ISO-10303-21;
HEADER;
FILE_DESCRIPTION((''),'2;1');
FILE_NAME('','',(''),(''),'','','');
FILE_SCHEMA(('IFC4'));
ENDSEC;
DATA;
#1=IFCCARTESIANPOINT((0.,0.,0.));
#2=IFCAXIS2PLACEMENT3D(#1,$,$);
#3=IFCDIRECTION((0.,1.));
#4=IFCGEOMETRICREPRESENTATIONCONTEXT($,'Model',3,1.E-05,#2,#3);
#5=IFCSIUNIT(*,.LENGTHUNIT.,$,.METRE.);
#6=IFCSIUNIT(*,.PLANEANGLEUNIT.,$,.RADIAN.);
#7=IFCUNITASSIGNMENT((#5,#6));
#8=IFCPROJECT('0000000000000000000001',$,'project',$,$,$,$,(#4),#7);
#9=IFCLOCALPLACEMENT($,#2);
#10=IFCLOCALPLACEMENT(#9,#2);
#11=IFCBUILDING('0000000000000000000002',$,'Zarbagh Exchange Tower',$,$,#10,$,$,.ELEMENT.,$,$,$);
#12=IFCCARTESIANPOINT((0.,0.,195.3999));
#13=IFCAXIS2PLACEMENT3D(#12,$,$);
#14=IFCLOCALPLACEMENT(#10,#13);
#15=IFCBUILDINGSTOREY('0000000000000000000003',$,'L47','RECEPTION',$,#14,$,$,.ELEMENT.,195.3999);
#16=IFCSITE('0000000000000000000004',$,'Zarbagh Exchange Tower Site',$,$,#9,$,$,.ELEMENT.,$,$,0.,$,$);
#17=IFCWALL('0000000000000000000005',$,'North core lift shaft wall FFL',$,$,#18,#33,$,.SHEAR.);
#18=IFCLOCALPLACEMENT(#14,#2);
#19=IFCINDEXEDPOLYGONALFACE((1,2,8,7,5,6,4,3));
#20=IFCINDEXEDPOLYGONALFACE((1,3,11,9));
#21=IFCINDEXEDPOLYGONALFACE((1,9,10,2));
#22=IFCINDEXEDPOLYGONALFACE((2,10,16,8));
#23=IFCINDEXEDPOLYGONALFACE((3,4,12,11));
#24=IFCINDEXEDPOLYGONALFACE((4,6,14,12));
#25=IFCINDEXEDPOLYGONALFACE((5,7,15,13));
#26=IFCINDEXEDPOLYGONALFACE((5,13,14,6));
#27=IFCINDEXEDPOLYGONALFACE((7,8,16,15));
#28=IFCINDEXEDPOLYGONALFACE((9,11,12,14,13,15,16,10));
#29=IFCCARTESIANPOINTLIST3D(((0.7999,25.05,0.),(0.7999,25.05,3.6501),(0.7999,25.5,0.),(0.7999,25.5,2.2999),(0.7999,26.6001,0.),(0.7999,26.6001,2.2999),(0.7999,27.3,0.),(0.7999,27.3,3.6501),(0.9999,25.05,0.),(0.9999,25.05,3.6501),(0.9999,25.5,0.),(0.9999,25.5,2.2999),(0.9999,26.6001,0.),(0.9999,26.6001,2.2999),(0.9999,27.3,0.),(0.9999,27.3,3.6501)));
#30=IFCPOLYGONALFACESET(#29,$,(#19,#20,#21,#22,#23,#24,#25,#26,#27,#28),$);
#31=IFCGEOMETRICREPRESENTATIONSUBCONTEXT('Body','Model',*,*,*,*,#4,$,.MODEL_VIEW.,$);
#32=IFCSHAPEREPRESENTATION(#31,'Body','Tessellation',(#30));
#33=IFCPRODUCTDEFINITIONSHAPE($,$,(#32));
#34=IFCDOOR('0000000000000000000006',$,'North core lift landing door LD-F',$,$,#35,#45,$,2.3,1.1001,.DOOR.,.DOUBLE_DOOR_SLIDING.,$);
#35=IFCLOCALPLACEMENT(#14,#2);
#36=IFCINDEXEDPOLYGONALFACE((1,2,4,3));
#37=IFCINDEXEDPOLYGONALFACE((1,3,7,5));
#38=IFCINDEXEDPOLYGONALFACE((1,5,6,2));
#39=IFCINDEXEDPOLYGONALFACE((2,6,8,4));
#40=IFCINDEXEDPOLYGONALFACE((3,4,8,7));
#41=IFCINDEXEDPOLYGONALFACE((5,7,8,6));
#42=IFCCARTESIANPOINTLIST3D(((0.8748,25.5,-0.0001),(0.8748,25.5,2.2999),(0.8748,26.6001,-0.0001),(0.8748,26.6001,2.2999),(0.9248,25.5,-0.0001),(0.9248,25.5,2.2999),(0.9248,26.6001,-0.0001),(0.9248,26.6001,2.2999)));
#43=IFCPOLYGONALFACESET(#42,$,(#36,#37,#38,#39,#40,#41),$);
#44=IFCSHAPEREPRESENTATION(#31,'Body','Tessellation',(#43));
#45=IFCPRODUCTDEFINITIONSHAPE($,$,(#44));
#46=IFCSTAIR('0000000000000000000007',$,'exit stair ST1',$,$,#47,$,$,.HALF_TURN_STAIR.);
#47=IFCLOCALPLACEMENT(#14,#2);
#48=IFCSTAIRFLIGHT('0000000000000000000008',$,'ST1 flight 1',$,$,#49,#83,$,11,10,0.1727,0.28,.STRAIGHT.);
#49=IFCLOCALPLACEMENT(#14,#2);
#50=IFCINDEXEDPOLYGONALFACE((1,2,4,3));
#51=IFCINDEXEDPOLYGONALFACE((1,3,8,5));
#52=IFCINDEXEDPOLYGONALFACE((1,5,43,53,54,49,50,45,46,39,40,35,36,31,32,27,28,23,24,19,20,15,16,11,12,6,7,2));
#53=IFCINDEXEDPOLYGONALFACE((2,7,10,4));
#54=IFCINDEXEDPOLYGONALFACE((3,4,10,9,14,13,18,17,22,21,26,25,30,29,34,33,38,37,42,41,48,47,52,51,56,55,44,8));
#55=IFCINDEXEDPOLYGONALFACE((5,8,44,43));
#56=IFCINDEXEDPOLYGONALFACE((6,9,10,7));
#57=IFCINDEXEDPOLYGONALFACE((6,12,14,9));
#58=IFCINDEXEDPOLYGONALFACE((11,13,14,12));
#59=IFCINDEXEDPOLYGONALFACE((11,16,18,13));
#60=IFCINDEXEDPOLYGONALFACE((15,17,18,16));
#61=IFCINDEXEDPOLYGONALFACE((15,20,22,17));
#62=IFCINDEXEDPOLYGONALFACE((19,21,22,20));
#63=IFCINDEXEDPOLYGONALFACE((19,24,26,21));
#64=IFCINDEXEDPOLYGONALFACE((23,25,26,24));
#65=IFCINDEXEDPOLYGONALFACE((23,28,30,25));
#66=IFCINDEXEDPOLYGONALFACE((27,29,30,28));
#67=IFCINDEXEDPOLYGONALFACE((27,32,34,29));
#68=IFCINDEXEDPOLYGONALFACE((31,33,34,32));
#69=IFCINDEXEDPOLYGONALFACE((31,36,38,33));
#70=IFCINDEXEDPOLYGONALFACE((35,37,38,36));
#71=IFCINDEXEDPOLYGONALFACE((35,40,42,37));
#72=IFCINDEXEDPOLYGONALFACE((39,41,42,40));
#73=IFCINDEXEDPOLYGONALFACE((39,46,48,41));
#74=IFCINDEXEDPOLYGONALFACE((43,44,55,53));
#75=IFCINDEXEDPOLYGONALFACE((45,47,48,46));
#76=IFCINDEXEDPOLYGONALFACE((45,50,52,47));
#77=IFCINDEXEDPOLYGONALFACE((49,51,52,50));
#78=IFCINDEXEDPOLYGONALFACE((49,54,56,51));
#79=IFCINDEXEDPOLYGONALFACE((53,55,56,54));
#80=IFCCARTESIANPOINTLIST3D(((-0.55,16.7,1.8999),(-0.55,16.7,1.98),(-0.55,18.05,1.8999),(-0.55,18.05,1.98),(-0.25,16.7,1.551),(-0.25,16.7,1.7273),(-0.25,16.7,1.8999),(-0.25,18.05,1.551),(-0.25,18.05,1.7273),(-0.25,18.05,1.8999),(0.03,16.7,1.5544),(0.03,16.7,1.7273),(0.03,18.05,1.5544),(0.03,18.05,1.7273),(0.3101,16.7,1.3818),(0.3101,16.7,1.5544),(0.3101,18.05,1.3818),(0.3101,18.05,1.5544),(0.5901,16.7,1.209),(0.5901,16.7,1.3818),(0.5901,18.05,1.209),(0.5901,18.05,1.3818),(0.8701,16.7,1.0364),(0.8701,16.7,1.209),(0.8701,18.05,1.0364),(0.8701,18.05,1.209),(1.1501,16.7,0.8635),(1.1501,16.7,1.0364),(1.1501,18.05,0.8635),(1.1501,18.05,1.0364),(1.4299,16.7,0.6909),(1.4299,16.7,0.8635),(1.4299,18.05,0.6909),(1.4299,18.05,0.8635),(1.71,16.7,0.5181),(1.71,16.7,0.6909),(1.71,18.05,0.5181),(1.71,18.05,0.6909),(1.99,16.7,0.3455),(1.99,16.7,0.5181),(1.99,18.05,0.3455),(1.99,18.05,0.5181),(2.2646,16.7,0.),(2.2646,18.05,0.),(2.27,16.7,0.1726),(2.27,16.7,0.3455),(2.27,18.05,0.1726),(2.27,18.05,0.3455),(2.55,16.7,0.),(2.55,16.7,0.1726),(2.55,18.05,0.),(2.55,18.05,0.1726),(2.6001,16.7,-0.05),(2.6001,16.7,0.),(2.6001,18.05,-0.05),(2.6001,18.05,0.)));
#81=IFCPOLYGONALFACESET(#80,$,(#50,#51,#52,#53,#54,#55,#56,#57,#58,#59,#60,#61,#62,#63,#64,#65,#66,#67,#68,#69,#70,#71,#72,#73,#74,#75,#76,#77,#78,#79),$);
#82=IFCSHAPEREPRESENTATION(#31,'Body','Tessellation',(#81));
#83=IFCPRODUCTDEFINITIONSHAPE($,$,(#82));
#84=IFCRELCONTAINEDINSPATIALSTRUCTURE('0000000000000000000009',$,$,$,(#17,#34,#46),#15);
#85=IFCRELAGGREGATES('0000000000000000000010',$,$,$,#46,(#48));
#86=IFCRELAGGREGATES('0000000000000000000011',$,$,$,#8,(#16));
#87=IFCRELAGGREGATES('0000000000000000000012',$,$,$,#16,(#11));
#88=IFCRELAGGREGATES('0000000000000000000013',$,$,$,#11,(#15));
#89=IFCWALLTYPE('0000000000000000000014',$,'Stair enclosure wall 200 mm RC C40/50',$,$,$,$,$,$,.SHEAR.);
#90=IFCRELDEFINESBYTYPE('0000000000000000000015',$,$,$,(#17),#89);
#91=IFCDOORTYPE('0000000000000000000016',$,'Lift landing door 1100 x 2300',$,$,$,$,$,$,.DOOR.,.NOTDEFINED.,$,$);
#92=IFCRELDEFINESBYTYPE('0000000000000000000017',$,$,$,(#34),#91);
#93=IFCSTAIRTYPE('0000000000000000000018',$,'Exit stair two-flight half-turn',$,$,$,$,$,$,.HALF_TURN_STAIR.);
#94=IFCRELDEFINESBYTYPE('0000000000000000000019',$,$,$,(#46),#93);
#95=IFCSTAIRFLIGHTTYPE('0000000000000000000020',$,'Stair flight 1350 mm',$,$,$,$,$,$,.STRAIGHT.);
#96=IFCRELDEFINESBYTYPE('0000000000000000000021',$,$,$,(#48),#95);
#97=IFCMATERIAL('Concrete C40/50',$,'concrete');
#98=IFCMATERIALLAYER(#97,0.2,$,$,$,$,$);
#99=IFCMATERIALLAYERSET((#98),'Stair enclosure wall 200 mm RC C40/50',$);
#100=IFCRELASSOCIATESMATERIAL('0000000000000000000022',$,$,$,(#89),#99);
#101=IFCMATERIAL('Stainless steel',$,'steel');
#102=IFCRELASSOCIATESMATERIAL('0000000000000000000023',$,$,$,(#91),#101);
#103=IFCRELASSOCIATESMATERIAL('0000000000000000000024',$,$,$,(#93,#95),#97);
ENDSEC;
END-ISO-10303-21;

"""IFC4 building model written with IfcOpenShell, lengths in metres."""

from ifc_helpers import new_model, si_unit, direction, frame, frame_2d, origin, place, context, subcontext, project, spatial, polyline, rectangle, outline, extrude, material, layer, layer_set, type_object, element, fill, aggregate, save


model = new_model("IFC4")

# Units and contexts
model_context = context("Model", 3, precision=1e-05, world=origin(), true_north=direction((0.0, 1.0)))
body_context = subcontext(model_context, "Body", "Model", "MODEL_VIEW")
ifc_project = project(units=[si_unit("LENGTHUNIT", "METRE"), si_unit("PLANEANGLEUNIT", "RADIAN")], contexts=[model_context])

# Site, building, storey
site_placement = place(None, origin())
site = spatial("IfcSite", under=ifc_project, at=site_placement, Name="Zarbagh Exchange Tower Site", CompositionType="ELEMENT", RefElevation=0.0)
building_placement = place(site_placement, origin())
building = spatial("IfcBuilding", under=site, at=building_placement, Name="Zarbagh Exchange Tower", CompositionType="ELEMENT")
storey_placement = place(building_placement, frame((0.0, 0.0, 195.3999)))
storey = spatial("IfcBuildingStorey", under=building, at=storey_placement, Name="L47", Description="RECEPTION", CompositionType="ELEMENT", Elevation=195.3999)

# Wall, opening, door
ifc_material_1 = material(Name="Concrete C40/50", Category="concrete")
ifc_layer_1 = layer(ifc_material_1, 0.2)
ifc_layer_set_1 = layer_set([ifc_layer_1], Name="Stair enclosure wall 200 mm RC C40/50")
wall_type_1 = type_object("IfcWallType", Name="Stair enclosure wall 200 mm RC C40/50", PredefinedType="SHEAR", material=ifc_layer_set_1)
wall_1_placement = place(storey_placement, frame((0.8999, 27.3, 0.0), z_axis=(0.0, 0.0, 1.0), x_axis=(0.0, -1.0, 0.0)))
wall_1 = element("IfcWall", 1, at=wall_1_placement, inside=storey, type_object=wall_type_1, Name="North core lift shaft wall FFL", PredefinedType="SHEAR", context=body_context, shape_type="SweptSolid", body=[
    extrude(rectangle(XDim=2.25, YDim=0.2, at=frame_2d((1.125, 0.0))), origin(), (0.0, 0.0, 1.0), 3.6501),
])
opening_1_placement = place(wall_1_placement, frame((0.7, 0.0, 0.0)))
opening_1 = element("IfcOpeningElement", 2, at=opening_1_placement, cuts=wall_1, PredefinedType="OPENING", context=body_context, shape_type="SweptSolid", body=[
    extrude(rectangle(XDim=1.1001, YDim=2.3, at=frame_2d((0.55, 1.1499))), frame((0.0, 0.1099, 0.0), z_axis=(0.0, -1.0, 0.0), x_axis=(1.0, 0.0, 0.0)), (0.0, 0.0, 1.0), 0.22),
])
ifc_material_2 = material(Name="Stainless steel", Category="steel")
door_type_1 = type_object("IfcDoorType", Name="Lift landing door 1100 x 2300", OperationType="NOTDEFINED", PredefinedType="DOOR", material=ifc_material_2)
door_1_placement = place(opening_1_placement, origin())
door_1 = element("IfcDoor", 3, at=door_1_placement, inside=storey, type_object=door_type_1, Name="North core lift landing door LD-F", OperationType="DOUBLE_DOOR_SLIDING", OverallHeight=2.3, OverallWidth=1.1001, PredefinedType="DOOR", context=body_context, shape_type="SweptSolid", body=[
    extrude(rectangle(XDim=1.1001, YDim=2.3, at=frame_2d((0.55, 1.1499))), frame((0.0, 0.0249, 0.0), z_axis=(0.0, -1.0, 0.0), x_axis=(1.0, 0.0, 0.0)), (0.0, 0.0, 1.0), 0.05),
])
fill(opening_1, door_1)

# Stair, stair flight
stair_type = type_object("IfcStairType", Name="Exit stair two-flight half-turn", PredefinedType="HALF_TURN_STAIR", material=ifc_material_1)
stair_placement = place(storey_placement, origin())
stair = element("IfcStair", 4, at=stair_placement, inside=storey, type_object=stair_type, Name="exit stair ST1", PredefinedType="HALF_TURN_STAIR")
stair_flight_type = type_object("IfcStairFlightType", Name="Stair flight 1350 mm", PredefinedType="STRAIGHT", material=ifc_material_1)
stair_flight_placement = place(storey_placement, frame((2.55, 17.375, 0.0), z_axis=(0.0, 0.0, 1.0), x_axis=(-1.0, 0.0, 0.0)))
stair_flight = element("IfcStairFlight", 5, at=stair_flight_placement, type_object=stair_flight_type, Name="ST1 flight 1", NumberOfRisers=11, NumberOfTreads=10, PredefinedType="STRAIGHT", RiserHeight=0.1727, TreadLength=0.28, context=body_context, shape_type="SweptSolid", body=[
    extrude(outline(polyline([(-0.05, -0.05), (-0.05, 0.0), (0.0, 0.0), (0.0, 0.1726), (0.28, 0.1726), (0.28, 0.3455), (0.5601, 0.3455), (0.5601, 0.5181), (0.8401, 0.5181), (0.8401, 0.6909), (1.1201, 0.6909), (1.1201, 0.8635), (1.3999, 0.8635), (1.3999, 1.0364), (1.6799, 1.0364), (1.6799, 1.209), (1.96, 1.209), (1.96, 1.3818), (2.24, 1.3818), (2.24, 1.5544), (2.52, 1.5544), (2.52, 1.7273), (2.8, 1.7273), (2.8, 1.8999), (3.1001, 1.98), (3.1001, 1.8999), (2.8, 1.551), (0.2854, 0.0), (-0.05, -0.05)])), frame((0.0, 0.675, 0.0), z_axis=(0.0, -1.0, 0.0), x_axis=(1.0, 0.0, 0.0)), (0.0, 0.0, 1.0), 1.3501),
])
aggregate(stair, [stair_flight])

save(model, "model.ifc")
